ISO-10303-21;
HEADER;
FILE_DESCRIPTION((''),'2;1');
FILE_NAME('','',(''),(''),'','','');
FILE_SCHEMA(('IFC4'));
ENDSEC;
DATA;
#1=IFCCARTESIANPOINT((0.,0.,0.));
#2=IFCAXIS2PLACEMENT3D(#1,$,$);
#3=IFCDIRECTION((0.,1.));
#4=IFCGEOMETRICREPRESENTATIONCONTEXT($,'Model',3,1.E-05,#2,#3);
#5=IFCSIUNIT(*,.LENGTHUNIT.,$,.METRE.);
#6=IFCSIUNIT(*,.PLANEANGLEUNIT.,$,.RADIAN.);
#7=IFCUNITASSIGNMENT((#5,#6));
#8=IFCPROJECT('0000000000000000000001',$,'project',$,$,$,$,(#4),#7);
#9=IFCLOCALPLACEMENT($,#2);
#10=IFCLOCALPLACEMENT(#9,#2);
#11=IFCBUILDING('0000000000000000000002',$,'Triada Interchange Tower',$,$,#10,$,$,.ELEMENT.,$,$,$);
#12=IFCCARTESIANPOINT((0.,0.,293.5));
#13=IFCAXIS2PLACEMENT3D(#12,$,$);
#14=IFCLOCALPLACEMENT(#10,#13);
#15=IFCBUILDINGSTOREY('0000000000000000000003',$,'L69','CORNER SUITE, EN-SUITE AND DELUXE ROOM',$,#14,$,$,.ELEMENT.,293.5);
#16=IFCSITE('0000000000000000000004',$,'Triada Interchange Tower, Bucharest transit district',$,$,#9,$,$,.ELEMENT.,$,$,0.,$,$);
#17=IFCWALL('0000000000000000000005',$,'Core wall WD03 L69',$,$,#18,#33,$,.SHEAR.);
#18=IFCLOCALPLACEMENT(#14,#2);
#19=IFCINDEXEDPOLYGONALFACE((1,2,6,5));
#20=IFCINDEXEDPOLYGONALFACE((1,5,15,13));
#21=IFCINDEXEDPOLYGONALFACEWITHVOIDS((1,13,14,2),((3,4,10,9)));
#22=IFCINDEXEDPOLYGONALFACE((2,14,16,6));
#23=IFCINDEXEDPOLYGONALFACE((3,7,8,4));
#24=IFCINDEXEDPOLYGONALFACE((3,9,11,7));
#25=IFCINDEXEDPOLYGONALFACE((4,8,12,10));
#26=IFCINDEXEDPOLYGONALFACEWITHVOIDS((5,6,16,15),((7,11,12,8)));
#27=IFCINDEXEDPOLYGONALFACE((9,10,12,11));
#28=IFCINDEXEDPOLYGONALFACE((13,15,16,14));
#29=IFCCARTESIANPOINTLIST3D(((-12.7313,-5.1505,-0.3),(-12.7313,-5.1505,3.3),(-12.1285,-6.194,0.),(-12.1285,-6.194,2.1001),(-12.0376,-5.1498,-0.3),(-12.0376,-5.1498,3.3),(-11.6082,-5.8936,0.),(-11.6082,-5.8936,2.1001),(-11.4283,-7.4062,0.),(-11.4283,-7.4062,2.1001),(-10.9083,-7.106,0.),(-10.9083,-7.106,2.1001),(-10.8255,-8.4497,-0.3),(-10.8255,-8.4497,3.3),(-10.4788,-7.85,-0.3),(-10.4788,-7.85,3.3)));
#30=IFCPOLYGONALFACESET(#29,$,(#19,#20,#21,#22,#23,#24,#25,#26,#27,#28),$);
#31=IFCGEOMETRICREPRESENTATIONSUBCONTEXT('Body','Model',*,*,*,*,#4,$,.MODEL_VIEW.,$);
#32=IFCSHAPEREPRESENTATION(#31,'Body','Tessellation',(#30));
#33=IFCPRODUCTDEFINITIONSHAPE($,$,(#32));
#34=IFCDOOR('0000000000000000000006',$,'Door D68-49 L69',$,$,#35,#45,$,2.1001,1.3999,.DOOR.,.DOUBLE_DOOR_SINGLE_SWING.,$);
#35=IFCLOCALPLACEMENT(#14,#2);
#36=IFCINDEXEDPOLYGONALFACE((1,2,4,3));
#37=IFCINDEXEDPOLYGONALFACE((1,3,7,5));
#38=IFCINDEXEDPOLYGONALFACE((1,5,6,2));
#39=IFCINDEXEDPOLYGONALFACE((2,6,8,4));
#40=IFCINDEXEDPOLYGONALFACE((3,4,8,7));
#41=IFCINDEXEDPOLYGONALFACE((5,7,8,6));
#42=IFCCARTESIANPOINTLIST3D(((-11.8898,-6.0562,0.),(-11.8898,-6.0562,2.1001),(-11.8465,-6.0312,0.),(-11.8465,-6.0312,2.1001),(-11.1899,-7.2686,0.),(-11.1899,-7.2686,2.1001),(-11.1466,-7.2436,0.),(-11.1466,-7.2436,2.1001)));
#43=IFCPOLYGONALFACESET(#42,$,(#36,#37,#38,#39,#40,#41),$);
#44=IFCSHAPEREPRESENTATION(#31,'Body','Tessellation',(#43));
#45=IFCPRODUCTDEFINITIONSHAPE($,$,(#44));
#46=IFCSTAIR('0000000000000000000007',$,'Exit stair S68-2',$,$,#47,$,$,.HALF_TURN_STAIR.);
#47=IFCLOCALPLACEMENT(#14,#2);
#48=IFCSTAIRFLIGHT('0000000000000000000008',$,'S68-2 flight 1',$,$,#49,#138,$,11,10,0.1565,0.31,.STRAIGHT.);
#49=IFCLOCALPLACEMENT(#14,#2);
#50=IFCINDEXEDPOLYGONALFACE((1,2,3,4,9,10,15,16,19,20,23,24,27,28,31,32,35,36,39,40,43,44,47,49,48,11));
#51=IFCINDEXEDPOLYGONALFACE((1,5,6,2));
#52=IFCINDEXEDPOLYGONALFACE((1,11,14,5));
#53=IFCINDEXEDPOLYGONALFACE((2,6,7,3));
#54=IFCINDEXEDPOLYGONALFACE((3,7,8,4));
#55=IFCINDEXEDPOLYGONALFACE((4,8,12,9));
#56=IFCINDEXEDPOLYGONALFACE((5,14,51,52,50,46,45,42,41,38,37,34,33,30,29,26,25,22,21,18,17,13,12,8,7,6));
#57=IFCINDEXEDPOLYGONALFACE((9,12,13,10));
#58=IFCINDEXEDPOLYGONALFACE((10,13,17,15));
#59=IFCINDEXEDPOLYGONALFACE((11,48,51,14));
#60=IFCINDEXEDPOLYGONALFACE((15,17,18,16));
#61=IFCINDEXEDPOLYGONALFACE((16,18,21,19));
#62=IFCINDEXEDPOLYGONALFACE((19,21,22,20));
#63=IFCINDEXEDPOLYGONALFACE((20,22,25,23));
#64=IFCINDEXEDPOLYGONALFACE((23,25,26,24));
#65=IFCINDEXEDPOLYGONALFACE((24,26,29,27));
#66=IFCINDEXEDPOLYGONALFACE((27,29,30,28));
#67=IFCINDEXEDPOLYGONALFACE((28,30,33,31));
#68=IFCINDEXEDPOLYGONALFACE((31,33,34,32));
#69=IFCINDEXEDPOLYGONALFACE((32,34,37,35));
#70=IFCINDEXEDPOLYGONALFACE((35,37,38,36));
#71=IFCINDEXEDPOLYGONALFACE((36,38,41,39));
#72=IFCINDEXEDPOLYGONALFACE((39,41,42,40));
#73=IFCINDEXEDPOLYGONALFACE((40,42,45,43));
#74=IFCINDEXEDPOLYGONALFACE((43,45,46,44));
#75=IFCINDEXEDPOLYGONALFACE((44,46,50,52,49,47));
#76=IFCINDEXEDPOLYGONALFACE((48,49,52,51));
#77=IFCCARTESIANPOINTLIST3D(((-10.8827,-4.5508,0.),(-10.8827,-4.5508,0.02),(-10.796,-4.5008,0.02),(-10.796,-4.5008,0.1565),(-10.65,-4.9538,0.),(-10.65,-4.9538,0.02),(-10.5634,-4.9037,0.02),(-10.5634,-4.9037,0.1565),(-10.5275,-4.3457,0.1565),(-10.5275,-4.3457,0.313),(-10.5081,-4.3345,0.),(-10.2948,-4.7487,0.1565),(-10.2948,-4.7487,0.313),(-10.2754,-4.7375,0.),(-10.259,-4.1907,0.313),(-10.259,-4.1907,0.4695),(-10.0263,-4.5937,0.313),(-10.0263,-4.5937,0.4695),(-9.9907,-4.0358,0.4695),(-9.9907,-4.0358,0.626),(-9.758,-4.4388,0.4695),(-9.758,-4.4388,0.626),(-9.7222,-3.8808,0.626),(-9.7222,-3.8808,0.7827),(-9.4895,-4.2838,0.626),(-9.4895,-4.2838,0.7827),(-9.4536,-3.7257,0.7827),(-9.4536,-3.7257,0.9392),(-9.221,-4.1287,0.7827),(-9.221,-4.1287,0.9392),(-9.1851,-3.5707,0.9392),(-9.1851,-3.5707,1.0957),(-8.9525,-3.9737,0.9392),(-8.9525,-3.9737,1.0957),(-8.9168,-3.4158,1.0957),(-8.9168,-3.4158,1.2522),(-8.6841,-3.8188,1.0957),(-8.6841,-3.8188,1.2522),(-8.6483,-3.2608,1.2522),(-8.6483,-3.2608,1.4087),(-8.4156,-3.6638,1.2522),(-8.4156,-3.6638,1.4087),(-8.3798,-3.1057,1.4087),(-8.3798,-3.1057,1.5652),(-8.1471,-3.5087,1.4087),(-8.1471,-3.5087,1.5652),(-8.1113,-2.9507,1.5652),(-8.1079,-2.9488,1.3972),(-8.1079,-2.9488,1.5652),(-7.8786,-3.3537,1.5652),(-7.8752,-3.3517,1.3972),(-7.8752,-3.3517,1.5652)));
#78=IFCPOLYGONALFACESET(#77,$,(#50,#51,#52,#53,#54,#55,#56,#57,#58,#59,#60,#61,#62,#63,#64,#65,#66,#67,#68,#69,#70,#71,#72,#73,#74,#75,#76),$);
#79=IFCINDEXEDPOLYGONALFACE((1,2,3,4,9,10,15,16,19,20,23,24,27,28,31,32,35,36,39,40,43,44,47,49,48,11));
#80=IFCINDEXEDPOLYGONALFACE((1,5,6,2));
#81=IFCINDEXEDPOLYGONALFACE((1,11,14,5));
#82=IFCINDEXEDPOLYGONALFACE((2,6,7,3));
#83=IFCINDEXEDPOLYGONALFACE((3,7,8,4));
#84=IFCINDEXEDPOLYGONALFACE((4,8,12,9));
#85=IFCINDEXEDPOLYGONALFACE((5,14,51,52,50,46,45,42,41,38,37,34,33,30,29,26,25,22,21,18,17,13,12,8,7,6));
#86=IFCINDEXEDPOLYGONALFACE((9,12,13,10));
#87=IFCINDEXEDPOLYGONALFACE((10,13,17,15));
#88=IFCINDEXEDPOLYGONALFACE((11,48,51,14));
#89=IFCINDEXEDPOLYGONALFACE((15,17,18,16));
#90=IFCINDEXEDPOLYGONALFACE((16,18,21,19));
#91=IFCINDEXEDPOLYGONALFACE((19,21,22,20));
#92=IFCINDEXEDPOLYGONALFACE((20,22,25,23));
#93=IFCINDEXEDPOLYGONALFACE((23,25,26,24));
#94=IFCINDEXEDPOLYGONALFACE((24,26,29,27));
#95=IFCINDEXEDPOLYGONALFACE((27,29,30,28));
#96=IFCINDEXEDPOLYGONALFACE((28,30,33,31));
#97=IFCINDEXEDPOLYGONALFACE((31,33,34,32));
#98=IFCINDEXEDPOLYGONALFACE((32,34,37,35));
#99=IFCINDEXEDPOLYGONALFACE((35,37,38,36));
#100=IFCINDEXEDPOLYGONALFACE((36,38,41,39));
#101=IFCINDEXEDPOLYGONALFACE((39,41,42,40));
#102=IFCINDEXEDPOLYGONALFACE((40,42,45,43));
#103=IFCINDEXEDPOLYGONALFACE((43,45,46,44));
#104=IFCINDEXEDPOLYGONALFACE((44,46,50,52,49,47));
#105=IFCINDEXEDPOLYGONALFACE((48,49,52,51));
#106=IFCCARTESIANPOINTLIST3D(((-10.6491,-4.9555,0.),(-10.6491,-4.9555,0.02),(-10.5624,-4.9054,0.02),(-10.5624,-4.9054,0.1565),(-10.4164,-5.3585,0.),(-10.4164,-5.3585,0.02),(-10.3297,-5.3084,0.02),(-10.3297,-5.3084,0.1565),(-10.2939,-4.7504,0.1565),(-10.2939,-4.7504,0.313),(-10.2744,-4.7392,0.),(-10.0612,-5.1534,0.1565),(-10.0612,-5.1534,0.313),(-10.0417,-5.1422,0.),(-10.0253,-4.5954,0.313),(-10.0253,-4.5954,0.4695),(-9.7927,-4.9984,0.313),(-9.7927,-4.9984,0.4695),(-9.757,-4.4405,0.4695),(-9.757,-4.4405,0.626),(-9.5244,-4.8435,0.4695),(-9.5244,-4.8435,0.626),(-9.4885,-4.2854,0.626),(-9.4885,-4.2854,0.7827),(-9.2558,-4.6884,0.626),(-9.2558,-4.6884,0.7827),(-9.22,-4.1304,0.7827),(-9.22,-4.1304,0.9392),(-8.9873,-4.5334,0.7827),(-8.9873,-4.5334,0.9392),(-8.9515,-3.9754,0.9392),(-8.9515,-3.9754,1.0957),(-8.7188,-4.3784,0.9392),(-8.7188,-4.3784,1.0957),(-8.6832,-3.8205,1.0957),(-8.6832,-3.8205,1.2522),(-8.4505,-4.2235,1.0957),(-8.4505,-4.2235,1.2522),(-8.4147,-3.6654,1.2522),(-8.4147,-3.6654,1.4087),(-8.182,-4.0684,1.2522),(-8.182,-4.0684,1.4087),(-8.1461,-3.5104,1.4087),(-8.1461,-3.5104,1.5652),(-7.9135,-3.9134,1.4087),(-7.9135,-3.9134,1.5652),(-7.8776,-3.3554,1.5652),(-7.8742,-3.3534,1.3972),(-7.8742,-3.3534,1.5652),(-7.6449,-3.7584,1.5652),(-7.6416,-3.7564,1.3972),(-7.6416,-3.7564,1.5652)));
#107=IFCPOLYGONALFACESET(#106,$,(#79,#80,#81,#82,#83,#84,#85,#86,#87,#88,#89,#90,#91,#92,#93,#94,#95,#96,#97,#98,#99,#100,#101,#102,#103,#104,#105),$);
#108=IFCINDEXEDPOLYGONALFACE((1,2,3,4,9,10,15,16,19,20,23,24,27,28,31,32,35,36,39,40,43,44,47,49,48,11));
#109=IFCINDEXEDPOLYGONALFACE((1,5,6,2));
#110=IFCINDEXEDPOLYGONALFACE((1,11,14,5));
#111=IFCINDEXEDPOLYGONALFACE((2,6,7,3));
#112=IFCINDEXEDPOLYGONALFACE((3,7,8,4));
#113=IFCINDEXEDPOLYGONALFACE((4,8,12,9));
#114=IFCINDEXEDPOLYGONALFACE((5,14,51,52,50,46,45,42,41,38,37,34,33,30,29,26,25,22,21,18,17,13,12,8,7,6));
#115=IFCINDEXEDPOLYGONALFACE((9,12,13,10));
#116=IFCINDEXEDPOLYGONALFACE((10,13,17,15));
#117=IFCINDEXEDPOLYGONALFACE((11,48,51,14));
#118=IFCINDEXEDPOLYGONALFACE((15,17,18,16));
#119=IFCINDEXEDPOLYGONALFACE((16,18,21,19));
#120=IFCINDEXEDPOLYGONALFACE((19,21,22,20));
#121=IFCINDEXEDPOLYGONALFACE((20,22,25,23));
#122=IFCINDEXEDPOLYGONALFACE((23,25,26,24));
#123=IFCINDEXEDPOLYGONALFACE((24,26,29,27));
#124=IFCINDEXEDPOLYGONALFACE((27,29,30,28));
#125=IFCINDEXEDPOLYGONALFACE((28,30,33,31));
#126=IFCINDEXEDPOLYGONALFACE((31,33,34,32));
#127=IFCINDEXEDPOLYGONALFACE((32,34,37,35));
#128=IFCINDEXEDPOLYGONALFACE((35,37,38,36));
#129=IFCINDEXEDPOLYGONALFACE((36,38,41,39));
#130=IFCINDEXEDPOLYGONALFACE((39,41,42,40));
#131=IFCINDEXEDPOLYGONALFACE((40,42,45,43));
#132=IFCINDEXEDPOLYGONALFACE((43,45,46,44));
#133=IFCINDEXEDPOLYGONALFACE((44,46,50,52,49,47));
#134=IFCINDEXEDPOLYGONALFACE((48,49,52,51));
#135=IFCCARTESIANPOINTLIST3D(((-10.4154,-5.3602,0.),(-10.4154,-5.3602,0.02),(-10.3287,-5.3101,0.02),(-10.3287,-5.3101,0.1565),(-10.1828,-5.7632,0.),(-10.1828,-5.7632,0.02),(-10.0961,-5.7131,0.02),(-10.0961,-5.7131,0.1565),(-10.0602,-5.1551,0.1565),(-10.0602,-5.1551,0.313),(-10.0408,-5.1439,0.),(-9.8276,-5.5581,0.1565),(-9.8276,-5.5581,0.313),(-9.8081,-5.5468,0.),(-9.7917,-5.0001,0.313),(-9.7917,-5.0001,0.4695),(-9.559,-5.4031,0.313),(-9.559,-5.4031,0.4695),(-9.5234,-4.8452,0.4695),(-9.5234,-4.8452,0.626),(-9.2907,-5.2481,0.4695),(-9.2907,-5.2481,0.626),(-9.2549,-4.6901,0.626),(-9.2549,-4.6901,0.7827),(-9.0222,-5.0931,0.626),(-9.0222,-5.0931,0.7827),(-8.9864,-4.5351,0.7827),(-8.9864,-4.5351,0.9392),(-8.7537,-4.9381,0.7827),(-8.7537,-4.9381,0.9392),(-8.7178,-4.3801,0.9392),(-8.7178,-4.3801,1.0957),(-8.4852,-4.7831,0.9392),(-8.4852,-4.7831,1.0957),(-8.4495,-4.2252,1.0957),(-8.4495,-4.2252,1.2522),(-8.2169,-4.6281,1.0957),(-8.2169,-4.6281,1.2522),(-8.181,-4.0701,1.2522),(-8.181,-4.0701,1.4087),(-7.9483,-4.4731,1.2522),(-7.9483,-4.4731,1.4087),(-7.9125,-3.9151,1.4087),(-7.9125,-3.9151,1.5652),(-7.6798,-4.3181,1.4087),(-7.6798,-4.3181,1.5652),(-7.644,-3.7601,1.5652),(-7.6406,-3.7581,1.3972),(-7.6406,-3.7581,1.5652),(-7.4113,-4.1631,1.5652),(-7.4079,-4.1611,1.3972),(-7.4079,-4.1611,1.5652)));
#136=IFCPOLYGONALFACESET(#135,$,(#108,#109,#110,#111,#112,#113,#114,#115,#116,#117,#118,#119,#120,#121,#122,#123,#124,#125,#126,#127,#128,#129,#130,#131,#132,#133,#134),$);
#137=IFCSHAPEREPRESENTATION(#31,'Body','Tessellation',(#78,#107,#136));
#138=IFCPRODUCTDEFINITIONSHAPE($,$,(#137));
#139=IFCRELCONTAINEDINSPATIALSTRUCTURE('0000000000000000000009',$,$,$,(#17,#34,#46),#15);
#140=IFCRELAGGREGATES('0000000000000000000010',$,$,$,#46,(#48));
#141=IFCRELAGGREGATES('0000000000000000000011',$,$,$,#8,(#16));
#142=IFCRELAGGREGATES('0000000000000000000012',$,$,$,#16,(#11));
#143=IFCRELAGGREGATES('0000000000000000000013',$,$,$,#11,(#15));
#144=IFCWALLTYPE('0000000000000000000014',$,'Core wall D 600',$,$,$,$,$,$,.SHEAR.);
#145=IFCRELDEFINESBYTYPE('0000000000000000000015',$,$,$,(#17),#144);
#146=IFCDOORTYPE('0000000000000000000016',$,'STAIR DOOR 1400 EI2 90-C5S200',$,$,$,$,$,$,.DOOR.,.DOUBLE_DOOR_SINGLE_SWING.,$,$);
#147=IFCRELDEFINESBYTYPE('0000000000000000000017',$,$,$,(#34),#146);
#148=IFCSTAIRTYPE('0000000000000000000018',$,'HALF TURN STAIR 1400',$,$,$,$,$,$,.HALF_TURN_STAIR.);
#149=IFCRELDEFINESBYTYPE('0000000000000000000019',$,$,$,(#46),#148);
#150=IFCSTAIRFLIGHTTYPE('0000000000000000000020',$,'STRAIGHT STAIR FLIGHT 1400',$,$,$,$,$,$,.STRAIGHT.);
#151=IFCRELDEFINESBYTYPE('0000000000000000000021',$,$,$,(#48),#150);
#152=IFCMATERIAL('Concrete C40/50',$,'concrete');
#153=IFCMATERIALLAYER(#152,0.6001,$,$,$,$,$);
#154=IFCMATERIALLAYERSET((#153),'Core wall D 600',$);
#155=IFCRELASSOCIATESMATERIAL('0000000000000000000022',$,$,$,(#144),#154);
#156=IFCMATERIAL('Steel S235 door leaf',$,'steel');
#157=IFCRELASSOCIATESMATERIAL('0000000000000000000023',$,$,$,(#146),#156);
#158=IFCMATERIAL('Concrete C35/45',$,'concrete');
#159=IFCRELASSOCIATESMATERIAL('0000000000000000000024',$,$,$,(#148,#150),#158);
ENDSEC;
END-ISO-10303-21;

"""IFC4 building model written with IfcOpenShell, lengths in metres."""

from ifc_helpers import new_model, si_unit, direction, frame, frame_2d, origin, place, context, subcontext, project, spatial, polyline, rectangle, outline, extrude, material, layer, layer_set, type_object, element, fill, aggregate, save


model = new_model("IFC4")

# Units and contexts
model_context = context("Model", 3, precision=1e-05, world=origin(), true_north=direction((0.0, 1.0)))
body_context = subcontext(model_context, "Body", "Model", "MODEL_VIEW")
ifc_project = project(units=[si_unit("LENGTHUNIT", "METRE"), si_unit("PLANEANGLEUNIT", "RADIAN")], contexts=[model_context])

# Site, building, storey
site_placement = place(None, origin())
site = spatial("IfcSite", under=ifc_project, at=site_placement, Name="Triada Interchange Tower, Bucharest transit district", CompositionType="ELEMENT", RefElevation=0.0)
building_placement = place(site_placement, origin())
building = spatial("IfcBuilding", under=site, at=building_placement, Name="Triada Interchange Tower", CompositionType="ELEMENT")
storey_placement = place(building_placement, frame((0.0, 0.0, 293.5)))
storey = spatial("IfcBuildingStorey", under=building, at=storey_placement, Name="L69", Description="CORNER SUITE, EN-SUITE AND DELUXE ROOM", CompositionType="ELEMENT", Elevation=293.5)

# Shared definitions
ifc_material_1 = material(Name="Steel S235 door leaf", Category="steel")

# Wall, opening, door
ifc_material_2 = material(Name="Concrete C40/50", Category="concrete")
ifc_layer_1 = layer(ifc_material_2, 0.6001)
ifc_layer_set_1 = layer_set([ifc_layer_1], Name="Core wall D 600")
wall_type_1 = type_object("IfcWallType", Name="Core wall D 600", PredefinedType="SHEAR", material=ifc_layer_set_1)
wall_1_placement = place(storey_placement, frame((-12.384, -5.1499, -0.3), z_axis=(0.0, 0.0, 1.0), x_axis=(0.499975, -0.86604, 0.0)))
wall_1 = element("IfcWall", 1, at=wall_1_placement, inside=storey, type_object=wall_type_1, Name="Core wall WD03 L69", PredefinedType="SHEAR", context=body_context, shape_type="SweptSolid", body=[
    extrude(outline(polyline([(-0.1731, -0.301), (1.7319, -0.3005), (3.637, -0.3), (3.291, 0.3), (1.7319, 0.3), (0.1731, 0.3), (-0.1731, -0.301)])), origin(), (0.0, 0.0, 1.0), 3.6001),
])
opening_1_placement = place(wall_1_placement, frame((1.032, 0.0, 0.3)))
opening_1 = element("IfcOpeningElement", 2, at=opening_1_placement, cuts=wall_1, PredefinedType="OPENING", context=body_context, shape_type="SweptSolid", body=[
    extrude(rectangle(XDim=1.3999, YDim=2.1001, at=frame_2d((0.7, 1.05))), frame((0.0, 0.3101, 0.0), z_axis=(0.0, -1.0, 0.0), x_axis=(1.0, 0.0, 0.0)), (0.0, 0.0, 1.0), 0.6211),
])
door_type_1 = type_object("IfcDoorType", Name="STAIR DOOR 1400 EI2 90-C5S200", OperationType="DOUBLE_DOOR_SINGLE_SWING", PredefinedType="DOOR", material=ifc_material_1)
door_1_placement = place(opening_1_placement, origin())
door_1 = element("IfcDoor", 3, at=door_1_placement, inside=storey, type_object=door_type_1, Name="Door D68-49 L69", OperationType="DOUBLE_DOOR_SINGLE_SWING", OverallHeight=2.1001, OverallWidth=1.3999, PredefinedType="DOOR", context=body_context, shape_type="SweptSolid", body=[
    extrude(rectangle(XDim=1.3999, YDim=2.1001, at=frame_2d((0.7, 1.05))), frame((0.0, 0.0249, 0.0), z_axis=(0.0, -1.0, 0.0), x_axis=(1.0, 0.0, 0.0)), (0.0, 0.0, 1.0), 0.05),
])
fill(opening_1, door_1)

# Stair, stair flight
ifc_material_3 = material(Name="Concrete C35/45", Category="concrete")
stair_type = type_object("IfcStairType", Name="HALF TURN STAIR 1400", PredefinedType="HALF_TURN_STAIR", material=ifc_material_3)
stair_placement = place(storey_placement, origin())
stair = element("IfcStair", 4, at=stair_placement, inside=storey, type_object=stair_type, Name="Exit stair S68-2", PredefinedType="HALF_TURN_STAIR")
stair_flight_type = type_object("IfcStairFlightType", Name="STRAIGHT STAIR FLIGHT 1400", PredefinedType="STRAIGHT", material=ifc_material_3)
stair_flight_1_placement = place(storey_placement, frame((-10.446, -5.1069, 0.0), z_axis=(0.0, 0.0, 1.0), x_axis=(0.866025, 0.5, 0.0)))
stair_flight_1 = element("IfcStairFlight", 5, at=stair_flight_1_placement, type_object=stair_flight_type, Name="S68-2 flight 1", NumberOfRisers=11, NumberOfTreads=10, PredefinedType="STRAIGHT", RiserHeight=0.1565, TreadLength=0.31, context=body_context, shape_type="SweptSolid", body=[
    extrude(outline(polyline([(-0.1001, 0.0), (-0.1001, 0.02), (0.0, 0.02), (0.0, 0.1565), (0.3101, 0.1565), (0.3101, 0.313), (0.6201, 0.313), (0.6201, 0.4695), (0.9299, 0.4695), (0.9299, 0.626), (1.24, 0.626), (1.24, 0.7827), (1.55, 0.7827), (1.55, 0.9392), (1.8601, 0.9392), (1.8601, 1.0957), (2.1699, 1.0957), (2.1699, 1.2522), (2.48, 1.2522), (2.48, 1.4087), (2.79, 1.4087), (2.79, 1.5652), (3.1001, 1.5652), (3.104, 1.5652), (3.104, 1.7217), (3.104, 1.3972), (0.3325, 0.0), (-0.1001, 0.0)])), frame((0.0, 0.7, 0.0), z_axis=(0.0, -1.0, 0.0), x_axis=(1.0, 0.0, 0.0)), (0.0, 0.0, 1.0), 0.4653),
    extrude(outline(polyline([(-0.1001, 0.0), (-0.1001, 0.02), (0.0, 0.02), (0.0, 0.1565), (0.3101, 0.1565), (0.3101, 0.313), (0.6201, 0.313), (0.6201, 0.4695), (0.9299, 0.4695), (0.9299, 0.626), (1.24, 0.626), (1.24, 0.7827), (1.55, 0.7827), (1.55, 0.9392), (1.8601, 0.9392), (1.8601, 1.0957), (2.1699, 1.0957), (2.1699, 1.2522), (2.48, 1.2522), (2.48, 1.4087), (2.79, 1.4087), (2.79, 1.5652), (3.1001, 1.5652), (3.104, 1.5652), (3.104, 1.7217), (3.104, 1.3972), (0.3325, 0.0), (-0.1001, 0.0)])), frame((0.0, 0.2327, 0.0), z_axis=(0.0, -1.0, 0.0), x_axis=(1.0, 0.0, 0.0)), (0.0, 0.0, 1.0), 0.4653),
    extrude(outline(polyline([(-0.1001, 0.0), (-0.1001, 0.02), (0.0, 0.02), (0.0, 0.1565), (0.3101, 0.1565), (0.3101, 0.313), (0.6201, 0.313), (0.6201, 0.4695), (0.9299, 0.4695), (0.9299, 0.626), (1.24, 0.626), (1.24, 0.7827), (1.55, 0.7827), (1.55, 0.9392), (1.8601, 0.9392), (1.8601, 1.0957), (2.1699, 1.0957), (2.1699, 1.2522), (2.48, 1.2522), (2.48, 1.4087), (2.79, 1.4087), (2.79, 1.5652), (3.1001, 1.5652), (3.104, 1.5652), (3.104, 1.7217), (3.104, 1.3972), (0.3325, 0.0), (-0.1001, 0.0)])), frame((0.0, -0.2346, 0.0), z_axis=(0.0, -1.0, 0.0), x_axis=(1.0, 0.0, 0.0)), (0.0, 0.0, 1.0), 0.4653),
])
aggregate(stair, [stair_flight_1])

save(model, "model.ifc")
